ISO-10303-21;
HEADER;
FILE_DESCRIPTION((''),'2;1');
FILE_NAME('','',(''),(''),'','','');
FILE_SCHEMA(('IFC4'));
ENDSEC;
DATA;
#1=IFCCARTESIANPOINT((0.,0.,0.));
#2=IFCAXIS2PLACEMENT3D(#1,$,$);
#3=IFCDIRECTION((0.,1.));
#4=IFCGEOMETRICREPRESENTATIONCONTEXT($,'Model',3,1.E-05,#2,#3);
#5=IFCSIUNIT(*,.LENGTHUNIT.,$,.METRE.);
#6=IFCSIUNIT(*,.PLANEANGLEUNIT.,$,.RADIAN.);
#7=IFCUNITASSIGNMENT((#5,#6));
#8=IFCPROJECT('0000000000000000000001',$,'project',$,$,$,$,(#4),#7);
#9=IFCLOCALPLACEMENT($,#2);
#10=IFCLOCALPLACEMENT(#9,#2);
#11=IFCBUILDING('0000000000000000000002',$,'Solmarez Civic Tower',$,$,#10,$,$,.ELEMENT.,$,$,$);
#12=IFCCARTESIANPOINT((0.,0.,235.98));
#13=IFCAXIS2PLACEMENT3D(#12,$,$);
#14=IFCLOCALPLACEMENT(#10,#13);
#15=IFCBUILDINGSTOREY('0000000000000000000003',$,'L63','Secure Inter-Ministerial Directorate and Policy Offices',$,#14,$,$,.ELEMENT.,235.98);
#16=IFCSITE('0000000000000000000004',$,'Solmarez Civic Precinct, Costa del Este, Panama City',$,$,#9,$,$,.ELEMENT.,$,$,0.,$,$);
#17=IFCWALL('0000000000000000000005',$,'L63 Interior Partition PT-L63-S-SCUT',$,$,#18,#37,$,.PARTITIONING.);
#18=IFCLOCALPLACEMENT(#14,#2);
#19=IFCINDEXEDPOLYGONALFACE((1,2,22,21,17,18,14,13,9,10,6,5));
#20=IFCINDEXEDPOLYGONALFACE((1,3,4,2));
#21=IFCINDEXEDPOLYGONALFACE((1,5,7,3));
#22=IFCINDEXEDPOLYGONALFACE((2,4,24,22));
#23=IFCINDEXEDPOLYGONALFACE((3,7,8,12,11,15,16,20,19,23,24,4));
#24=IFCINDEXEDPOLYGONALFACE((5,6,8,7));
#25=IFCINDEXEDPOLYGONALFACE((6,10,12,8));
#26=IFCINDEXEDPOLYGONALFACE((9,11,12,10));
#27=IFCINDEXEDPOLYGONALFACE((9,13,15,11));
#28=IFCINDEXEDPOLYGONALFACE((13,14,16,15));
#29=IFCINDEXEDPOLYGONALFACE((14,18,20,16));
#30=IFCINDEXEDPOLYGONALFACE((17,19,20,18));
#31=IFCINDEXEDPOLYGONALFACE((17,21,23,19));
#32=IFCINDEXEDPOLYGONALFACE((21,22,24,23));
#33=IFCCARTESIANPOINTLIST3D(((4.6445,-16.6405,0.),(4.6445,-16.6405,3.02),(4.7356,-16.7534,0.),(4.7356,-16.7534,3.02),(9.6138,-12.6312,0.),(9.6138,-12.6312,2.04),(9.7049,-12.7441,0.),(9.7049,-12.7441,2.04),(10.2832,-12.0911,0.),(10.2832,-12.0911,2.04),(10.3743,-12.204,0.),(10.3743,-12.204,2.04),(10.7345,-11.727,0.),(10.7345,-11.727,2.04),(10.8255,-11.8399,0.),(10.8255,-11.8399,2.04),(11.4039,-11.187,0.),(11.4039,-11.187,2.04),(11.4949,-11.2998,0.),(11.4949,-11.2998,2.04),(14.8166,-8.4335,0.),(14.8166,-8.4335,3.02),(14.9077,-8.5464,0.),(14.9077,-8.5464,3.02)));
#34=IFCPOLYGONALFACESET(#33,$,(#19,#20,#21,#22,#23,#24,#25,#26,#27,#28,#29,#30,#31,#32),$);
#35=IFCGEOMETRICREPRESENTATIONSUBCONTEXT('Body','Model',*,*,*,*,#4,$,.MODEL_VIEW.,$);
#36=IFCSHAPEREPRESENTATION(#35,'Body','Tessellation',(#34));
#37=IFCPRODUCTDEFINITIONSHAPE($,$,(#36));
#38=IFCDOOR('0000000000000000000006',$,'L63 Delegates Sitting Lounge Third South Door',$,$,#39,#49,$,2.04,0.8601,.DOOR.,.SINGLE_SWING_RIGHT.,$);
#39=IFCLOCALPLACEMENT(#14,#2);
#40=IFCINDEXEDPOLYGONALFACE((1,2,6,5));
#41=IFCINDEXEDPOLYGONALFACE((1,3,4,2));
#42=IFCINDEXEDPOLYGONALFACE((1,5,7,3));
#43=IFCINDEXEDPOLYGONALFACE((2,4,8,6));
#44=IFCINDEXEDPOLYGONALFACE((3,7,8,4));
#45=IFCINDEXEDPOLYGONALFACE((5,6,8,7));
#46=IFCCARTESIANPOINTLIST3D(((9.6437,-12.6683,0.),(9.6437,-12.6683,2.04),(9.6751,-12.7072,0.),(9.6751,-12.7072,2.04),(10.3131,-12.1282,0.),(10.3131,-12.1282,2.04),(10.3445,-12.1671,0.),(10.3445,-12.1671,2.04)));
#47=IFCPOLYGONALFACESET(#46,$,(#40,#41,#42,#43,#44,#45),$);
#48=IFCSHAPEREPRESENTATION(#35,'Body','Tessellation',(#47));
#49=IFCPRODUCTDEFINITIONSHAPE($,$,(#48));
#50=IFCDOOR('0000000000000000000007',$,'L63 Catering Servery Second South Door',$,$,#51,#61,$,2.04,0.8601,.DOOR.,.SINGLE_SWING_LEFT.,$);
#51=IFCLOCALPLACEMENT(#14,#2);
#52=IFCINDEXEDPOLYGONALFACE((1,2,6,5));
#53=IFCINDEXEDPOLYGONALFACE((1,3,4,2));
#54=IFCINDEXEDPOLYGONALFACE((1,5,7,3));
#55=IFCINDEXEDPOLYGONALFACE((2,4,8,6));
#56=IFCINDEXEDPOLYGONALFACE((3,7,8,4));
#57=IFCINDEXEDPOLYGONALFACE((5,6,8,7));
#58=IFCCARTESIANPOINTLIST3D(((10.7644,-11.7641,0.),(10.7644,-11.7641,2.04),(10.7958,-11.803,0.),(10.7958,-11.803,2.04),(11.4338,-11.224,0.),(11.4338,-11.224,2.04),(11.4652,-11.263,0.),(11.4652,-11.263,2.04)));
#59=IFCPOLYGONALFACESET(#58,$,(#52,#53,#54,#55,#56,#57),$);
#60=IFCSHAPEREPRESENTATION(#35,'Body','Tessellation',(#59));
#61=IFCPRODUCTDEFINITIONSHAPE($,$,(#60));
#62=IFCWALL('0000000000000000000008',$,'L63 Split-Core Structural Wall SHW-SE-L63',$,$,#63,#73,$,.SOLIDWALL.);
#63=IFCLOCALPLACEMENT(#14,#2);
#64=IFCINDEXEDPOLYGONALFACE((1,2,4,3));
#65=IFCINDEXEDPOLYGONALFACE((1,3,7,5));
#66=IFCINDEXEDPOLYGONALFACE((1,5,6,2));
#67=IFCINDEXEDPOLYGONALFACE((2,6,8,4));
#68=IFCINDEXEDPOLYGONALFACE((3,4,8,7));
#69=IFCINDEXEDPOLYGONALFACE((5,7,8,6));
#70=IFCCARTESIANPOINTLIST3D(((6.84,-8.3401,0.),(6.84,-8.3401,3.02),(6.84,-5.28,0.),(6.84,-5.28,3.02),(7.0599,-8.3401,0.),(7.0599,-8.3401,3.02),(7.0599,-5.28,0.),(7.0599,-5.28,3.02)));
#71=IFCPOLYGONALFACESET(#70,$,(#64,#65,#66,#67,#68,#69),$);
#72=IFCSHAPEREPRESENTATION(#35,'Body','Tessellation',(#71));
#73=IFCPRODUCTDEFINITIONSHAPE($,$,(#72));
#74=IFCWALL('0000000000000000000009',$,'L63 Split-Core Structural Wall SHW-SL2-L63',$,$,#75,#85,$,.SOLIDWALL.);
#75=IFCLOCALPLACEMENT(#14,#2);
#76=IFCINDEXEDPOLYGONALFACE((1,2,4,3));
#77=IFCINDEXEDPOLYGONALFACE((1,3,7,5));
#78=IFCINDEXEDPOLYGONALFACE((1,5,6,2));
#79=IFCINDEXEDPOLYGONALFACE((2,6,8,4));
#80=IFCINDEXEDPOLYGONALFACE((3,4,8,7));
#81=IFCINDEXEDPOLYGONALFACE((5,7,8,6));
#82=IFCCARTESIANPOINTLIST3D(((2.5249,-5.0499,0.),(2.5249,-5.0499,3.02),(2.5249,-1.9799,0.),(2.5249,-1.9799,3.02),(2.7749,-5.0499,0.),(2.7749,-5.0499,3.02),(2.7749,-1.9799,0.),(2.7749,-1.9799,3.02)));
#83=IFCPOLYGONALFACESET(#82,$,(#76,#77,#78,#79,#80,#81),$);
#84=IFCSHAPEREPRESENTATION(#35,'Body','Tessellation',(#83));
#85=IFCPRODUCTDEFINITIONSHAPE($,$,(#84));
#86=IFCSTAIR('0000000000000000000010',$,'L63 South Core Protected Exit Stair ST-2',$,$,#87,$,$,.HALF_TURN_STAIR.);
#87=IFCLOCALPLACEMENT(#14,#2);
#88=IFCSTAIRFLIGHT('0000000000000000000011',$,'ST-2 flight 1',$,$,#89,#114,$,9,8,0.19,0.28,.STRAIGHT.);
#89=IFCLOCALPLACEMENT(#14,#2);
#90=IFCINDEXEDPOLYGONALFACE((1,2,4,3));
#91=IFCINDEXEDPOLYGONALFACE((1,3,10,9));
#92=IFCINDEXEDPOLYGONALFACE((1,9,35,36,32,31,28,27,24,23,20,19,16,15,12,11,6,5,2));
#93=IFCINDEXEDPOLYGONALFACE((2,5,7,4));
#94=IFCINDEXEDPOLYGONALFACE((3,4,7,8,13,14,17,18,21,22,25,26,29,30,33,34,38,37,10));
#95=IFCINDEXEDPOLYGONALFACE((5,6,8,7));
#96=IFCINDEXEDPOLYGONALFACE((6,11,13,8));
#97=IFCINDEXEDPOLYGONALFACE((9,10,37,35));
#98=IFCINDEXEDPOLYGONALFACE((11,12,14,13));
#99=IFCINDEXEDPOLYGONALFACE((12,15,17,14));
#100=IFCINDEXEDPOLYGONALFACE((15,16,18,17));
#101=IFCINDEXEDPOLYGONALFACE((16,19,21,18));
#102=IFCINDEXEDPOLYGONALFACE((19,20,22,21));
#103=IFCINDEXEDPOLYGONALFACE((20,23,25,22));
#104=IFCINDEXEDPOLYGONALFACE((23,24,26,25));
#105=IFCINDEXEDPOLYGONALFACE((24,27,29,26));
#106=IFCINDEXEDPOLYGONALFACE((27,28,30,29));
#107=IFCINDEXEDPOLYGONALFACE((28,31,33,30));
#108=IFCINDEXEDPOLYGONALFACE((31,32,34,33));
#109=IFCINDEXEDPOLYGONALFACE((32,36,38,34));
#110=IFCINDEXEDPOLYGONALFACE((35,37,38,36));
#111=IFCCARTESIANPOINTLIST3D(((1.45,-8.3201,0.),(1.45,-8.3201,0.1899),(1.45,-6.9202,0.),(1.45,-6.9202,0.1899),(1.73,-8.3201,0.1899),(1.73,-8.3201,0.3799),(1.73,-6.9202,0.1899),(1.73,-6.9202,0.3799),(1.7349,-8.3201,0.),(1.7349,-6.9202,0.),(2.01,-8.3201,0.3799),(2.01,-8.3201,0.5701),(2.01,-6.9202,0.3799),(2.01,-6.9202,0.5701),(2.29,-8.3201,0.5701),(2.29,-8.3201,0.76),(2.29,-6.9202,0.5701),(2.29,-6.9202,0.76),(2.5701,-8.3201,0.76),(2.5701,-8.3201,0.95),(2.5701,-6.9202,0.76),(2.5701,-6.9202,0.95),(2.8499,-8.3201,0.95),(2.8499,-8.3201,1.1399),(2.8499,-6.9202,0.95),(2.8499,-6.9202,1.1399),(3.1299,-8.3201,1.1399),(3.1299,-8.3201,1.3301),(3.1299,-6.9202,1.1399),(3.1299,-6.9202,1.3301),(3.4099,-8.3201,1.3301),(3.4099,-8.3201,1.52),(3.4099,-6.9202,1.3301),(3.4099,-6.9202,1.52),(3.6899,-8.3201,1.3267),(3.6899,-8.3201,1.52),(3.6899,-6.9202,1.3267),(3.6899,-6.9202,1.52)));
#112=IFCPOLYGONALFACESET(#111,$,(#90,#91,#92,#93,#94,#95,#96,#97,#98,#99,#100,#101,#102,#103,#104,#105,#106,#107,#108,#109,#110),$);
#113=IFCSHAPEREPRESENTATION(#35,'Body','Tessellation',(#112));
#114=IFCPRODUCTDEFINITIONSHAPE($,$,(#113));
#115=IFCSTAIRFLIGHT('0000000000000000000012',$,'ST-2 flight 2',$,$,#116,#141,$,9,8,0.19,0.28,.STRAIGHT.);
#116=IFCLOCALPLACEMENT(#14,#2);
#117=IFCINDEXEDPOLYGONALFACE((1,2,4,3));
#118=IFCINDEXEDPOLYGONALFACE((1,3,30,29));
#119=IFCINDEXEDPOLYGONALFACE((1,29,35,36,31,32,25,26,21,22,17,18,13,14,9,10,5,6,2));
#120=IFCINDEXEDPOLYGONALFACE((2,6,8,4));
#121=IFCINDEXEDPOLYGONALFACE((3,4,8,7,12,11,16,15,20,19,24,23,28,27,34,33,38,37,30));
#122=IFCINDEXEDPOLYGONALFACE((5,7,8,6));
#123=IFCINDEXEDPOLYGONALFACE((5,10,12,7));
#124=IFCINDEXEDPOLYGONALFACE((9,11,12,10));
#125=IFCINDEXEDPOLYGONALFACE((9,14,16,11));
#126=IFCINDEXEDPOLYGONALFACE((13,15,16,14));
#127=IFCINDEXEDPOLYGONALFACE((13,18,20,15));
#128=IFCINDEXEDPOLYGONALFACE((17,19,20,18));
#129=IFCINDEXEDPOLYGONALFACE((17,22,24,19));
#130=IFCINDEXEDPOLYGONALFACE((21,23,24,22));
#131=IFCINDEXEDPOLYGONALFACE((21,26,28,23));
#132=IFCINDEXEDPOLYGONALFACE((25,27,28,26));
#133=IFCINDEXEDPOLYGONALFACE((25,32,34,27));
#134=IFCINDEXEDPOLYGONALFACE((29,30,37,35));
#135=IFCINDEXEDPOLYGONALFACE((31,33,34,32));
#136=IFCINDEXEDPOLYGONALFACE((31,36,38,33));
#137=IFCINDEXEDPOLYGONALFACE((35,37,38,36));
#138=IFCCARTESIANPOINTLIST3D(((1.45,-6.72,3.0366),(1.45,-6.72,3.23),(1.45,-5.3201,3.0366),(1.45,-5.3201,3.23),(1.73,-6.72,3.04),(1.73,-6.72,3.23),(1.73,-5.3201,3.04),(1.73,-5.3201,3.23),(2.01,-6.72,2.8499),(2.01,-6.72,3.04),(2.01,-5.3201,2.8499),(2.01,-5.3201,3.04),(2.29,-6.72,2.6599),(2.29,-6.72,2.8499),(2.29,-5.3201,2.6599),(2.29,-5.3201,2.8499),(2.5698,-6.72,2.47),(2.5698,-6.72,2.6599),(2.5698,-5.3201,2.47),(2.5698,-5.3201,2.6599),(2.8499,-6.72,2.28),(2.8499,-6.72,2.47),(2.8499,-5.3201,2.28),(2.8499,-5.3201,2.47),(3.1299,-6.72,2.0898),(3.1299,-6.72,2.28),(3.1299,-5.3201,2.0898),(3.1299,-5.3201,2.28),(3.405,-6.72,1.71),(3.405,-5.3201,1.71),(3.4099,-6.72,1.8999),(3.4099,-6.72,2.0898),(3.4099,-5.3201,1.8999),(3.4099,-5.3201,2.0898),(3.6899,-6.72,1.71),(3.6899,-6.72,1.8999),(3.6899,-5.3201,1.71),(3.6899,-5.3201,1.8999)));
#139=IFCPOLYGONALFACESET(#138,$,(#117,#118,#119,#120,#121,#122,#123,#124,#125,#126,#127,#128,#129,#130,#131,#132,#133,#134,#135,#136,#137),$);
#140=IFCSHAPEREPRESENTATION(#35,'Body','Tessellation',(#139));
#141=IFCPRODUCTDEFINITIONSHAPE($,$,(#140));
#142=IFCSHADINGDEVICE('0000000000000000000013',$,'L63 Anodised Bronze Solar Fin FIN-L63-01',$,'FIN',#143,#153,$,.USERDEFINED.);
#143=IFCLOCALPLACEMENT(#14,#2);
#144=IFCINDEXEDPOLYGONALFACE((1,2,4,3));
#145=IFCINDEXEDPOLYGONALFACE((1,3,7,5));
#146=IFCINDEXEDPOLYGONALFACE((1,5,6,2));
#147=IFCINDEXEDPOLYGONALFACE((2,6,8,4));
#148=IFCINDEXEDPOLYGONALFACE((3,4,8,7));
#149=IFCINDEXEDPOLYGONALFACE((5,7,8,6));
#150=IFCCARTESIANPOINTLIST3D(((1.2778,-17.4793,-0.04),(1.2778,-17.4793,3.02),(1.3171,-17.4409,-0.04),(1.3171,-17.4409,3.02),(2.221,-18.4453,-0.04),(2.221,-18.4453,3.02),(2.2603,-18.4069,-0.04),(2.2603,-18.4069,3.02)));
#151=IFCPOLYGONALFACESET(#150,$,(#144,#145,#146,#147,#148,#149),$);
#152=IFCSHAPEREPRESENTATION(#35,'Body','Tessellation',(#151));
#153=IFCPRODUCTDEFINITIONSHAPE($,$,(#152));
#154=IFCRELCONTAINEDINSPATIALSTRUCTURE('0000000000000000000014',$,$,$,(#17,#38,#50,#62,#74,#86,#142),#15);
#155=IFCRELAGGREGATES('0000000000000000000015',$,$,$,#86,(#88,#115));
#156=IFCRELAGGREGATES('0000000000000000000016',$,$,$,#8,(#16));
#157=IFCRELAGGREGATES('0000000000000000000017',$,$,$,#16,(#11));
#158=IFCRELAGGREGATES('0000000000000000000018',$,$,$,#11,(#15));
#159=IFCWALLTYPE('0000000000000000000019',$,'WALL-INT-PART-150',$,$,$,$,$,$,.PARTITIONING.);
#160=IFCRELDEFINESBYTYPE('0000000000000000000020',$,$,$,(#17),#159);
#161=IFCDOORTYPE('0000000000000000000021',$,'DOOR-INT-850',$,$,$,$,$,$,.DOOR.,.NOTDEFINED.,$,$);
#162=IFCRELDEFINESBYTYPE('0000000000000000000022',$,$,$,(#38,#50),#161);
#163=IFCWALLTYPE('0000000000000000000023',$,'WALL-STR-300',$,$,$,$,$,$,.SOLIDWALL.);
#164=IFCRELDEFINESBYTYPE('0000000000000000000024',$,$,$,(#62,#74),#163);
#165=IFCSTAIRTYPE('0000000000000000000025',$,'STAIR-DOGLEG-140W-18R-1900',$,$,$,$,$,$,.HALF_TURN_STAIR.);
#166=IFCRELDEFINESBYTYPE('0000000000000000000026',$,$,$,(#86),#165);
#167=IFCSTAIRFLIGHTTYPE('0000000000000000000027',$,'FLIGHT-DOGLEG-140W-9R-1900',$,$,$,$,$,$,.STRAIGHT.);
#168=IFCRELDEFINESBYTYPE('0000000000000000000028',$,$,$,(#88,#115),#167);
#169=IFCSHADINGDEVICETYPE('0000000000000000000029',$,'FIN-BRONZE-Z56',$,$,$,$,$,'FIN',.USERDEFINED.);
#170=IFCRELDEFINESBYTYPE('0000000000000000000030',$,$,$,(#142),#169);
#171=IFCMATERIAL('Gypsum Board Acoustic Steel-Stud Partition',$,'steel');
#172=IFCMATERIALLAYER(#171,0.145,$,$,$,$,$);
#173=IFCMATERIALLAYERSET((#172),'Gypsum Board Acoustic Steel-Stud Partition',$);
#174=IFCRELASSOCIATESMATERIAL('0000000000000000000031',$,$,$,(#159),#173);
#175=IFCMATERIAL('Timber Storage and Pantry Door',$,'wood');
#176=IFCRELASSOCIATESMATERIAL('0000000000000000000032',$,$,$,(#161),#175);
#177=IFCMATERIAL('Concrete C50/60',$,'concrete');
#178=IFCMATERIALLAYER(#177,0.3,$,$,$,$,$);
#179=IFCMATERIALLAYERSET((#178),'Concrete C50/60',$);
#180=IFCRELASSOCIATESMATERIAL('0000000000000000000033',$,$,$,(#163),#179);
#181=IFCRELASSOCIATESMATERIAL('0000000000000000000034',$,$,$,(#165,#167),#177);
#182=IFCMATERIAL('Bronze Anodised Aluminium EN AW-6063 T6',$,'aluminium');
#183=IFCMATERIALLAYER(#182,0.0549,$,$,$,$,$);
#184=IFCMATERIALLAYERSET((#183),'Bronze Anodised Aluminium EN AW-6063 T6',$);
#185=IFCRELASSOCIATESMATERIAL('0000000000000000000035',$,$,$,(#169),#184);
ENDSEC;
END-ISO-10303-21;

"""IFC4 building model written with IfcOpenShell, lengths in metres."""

from ifc_helpers import new_model, si_unit, direction, frame, frame_2d, origin, origin_2d, place, context, subcontext, project, spatial, polyline, rectangle, outline, extrude, material, layer, layer_set, type_object, element, fill, aggregate, save


model = new_model("IFC4")

# Units and contexts
model_context = context("Model", 3, precision=1e-05, world=origin(), true_north=direction((0.0, 1.0)))
body_context = subcontext(model_context, "Body", "Model", "MODEL_VIEW")
ifc_project = project(units=[si_unit("LENGTHUNIT", "METRE"), si_unit("PLANEANGLEUNIT", "RADIAN")], contexts=[model_context])

# Site, building, storey
site_placement = place(None, origin())
site = spatial("IfcSite", under=ifc_project, at=site_placement, Name="Solmarez Civic Precinct, Costa del Este, Panama City", CompositionType="ELEMENT", RefElevation=0.0)
building_placement = place(site_placement, origin())
building = spatial("IfcBuilding", under=site, at=building_placement, Name="Solmarez Civic Tower", CompositionType="ELEMENT")
storey_placement = place(building_placement, frame((0.0, 0.0, 235.98)))
storey = spatial("IfcBuildingStorey", under=building, at=storey_placement, Name="L63", Description="Secure Inter-Ministerial Directorate and Policy Offices", CompositionType="ELEMENT", Elevation=235.98)

# Shared definitions
ifc_material_1 = material(Name="Concrete C50/60", Category="concrete")

# Shared definitions
ifc_material_2 = material(Name="Bronze Anodised Aluminium EN AW-6063 T6", Category="aluminium")

# Wall, openings, doors
ifc_material_3 = material(Name="Gypsum Board Acoustic Steel-Stud Partition", Category="steel")
ifc_layer_1 = layer(ifc_material_3, 0.145)
ifc_layer_set_1 = layer_set([ifc_layer_1], Name="Gypsum Board Acoustic Steel-Stud Partition")
wall_type_1 = type_object("IfcWallType", Name="WALL-INT-PART-150", PredefinedType="PARTITIONING", material=ifc_layer_set_1)
wall_1_placement = place(storey_placement, frame((4.6899, -16.697, 0.0), z_axis=(0.0, 0.0, 1.0), x_axis=(0.778274, 0.627924, 0.0)))
wall_1 = element("IfcWall", 1, at=wall_1_placement, inside=storey, type_object=wall_type_1, Name="L63 Interior Partition PT-L63-S-SCUT", PredefinedType="PARTITIONING", context=body_context, shape_type="SweptSolid", body=[
    extrude(rectangle(XDim=13.0701, YDim=0.145, at=frame_2d((6.5352, 0.0))), origin(), (0.0, 0.0, 1.0), 3.02),
])
opening_1_placement = place(wall_1_placement, frame((6.385, 0.0, 0.0)))
opening_1 = element("IfcOpeningElement", 2, at=opening_1_placement, cuts=wall_1, PredefinedType="OPENING", context=body_context, shape_type="SweptSolid", body=[
    extrude(rectangle(XDim=0.8601, YDim=2.04, at=frame_2d((0.4302, 1.02))), frame((0.0, 0.0825, 0.0), z_axis=(0.0, -1.0, 0.0), x_axis=(1.0, 0.0, 0.0)), (0.0, 0.0, 1.0), 0.165),
])
opening_2_placement = place(wall_1_placement, frame((7.825, 0.0, 0.0)))
opening_2 = element("IfcOpeningElement", 3, at=opening_2_placement, cuts=wall_1, PredefinedType="OPENING", context=body_context, shape_type="SweptSolid", body=[
    extrude(rectangle(XDim=0.8601, YDim=2.04, at=frame_2d((0.4302, 1.02))), frame((0.0, 0.0825, 0.0), z_axis=(0.0, -1.0, 0.0), x_axis=(1.0, 0.0, 0.0)), (0.0, 0.0, 1.0), 0.165),
])
ifc_material_4 = material(Name="Timber Storage and Pantry Door", Category="wood")
door_type = type_object("IfcDoorType", Name="DOOR-INT-850", OperationType="NOTDEFINED", PredefinedType="DOOR", material=ifc_material_4)
door_1_placement = place(opening_1_placement, origin())
door_1 = element("IfcDoor", 4, at=door_1_placement, inside=storey, type_object=door_type, Name="L63 Delegates Sitting Lounge Third South Door", OperationType="SINGLE_SWING_RIGHT", OverallHeight=2.04, OverallWidth=0.8601, PredefinedType="DOOR", context=body_context, shape_type="SweptSolid", body=[
    extrude(rectangle(XDim=0.8601, YDim=2.04, at=frame_2d((0.4302, 1.02))), frame((0.0, 0.0249, 0.0), z_axis=(0.0, -1.0, 0.0), x_axis=(1.0, 0.0, 0.0)), (0.0, 0.0, 1.0), 0.05),
])
fill(opening_1, door_1)
door_2_placement = place(opening_2_placement, origin())
door_2 = element("IfcDoor", 5, at=door_2_placement, inside=storey, type_object=door_type, Name="L63 Catering Servery Second South Door", OperationType="SINGLE_SWING_LEFT", OverallHeight=2.04, OverallWidth=0.8601, PredefinedType="DOOR", context=body_context, shape_type="SweptSolid", body=[
    extrude(rectangle(XDim=0.8601, YDim=2.04, at=frame_2d((0.4302, 1.02))), frame((0.0, 0.0249, 0.0), z_axis=(0.0, -1.0, 0.0), x_axis=(1.0, 0.0, 0.0)), (0.0, 0.0, 1.0), 0.05),
])
fill(opening_2, door_2)

# Walls
ifc_layer_2 = layer(ifc_material_1, 0.3)
ifc_layer_set_2 = layer_set([ifc_layer_2], Name="Concrete C50/60")
wall_type_2 = type_object("IfcWallType", Name="WALL-STR-300", PredefinedType="SOLIDWALL", material=ifc_layer_set_2)
wall_2_placement = place(storey_placement, frame((6.95, -8.3401, 0.0), z_axis=(0.0, 0.0, 1.0), x_axis=(0.0, 1.0, 0.0)))
element("IfcWall", 6, at=wall_2_placement, inside=storey, type_object=wall_type_2, Name="L63 Split-Core Structural Wall SHW-SE-L63", PredefinedType="SOLIDWALL", context=body_context, shape_type="SweptSolid", body=[
    extrude(rectangle(XDim=3.0601, YDim=0.22, at=frame_2d((1.53, 0.0))), origin(), (0.0, 0.0, 1.0), 3.02),
])
wall_3_placement = place(storey_placement, frame((2.6499, -5.05, 0.0), z_axis=(0.0, 0.0, 1.0), x_axis=(0.0, 1.0, 0.0)))
element("IfcWall", 7, at=wall_3_placement, inside=storey, type_object=wall_type_2, Name="L63 Split-Core Structural Wall SHW-SL2-L63", PredefinedType="SOLIDWALL", context=body_context, shape_type="SweptSolid", body=[
    extrude(rectangle(XDim=3.0701, YDim=0.25, at=frame_2d((1.5352, 0.0))), origin(), (0.0, 0.0, 1.0), 3.02),
])

# Stair, stair flights
stair_type = type_object("IfcStairType", Name="STAIR-DOGLEG-140W-18R-1900", PredefinedType="HALF_TURN_STAIR", material=ifc_material_1)
stair_placement = place(storey_placement, origin())
stair = element("IfcStair", 8, at=stair_placement, inside=storey, type_object=stair_type, Name="L63 South Core Protected Exit Stair ST-2", PredefinedType="HALF_TURN_STAIR")
stair_flight_type = type_object("IfcStairFlightType", Name="FLIGHT-DOGLEG-140W-9R-1900", PredefinedType="STRAIGHT", material=ifc_material_1)
stair_flight_1_placement = place(storey_placement, frame((1.45, -7.6201, 0.0), z_axis=(0.0, 0.0, 1.0), x_axis=(1.0, 0.0, 0.0)))
stair_flight_1 = element("IfcStairFlight", 9, at=stair_flight_1_placement, type_object=stair_flight_type, Name="ST-2 flight 1", NumberOfRisers=9, NumberOfTreads=8, PredefinedType="STRAIGHT", RiserHeight=0.19, TreadLength=0.28, context=body_context, shape_type="SweptSolid", body=[
    extrude(outline(polyline([(0.0, 0.0), (0.0, 0.1899), (0.28, 0.1899), (0.28, 0.3799), (0.5601, 0.3799), (0.5601, 0.5701), (0.8401, 0.5701), (0.8401, 0.76), (1.1201, 0.76), (1.1201, 0.95), (1.3999, 0.95), (1.3999, 1.1399), (1.6799, 1.1399), (1.6799, 1.3301), (1.96, 1.3301), (1.96, 1.52), (2.24, 1.52), (2.24, 1.71), (2.24, 1.3267), (0.2849, 0.0), (0.0, 0.0)])), frame((0.0, 0.7, 0.0), z_axis=(0.0, -1.0, 0.0), x_axis=(1.0, 0.0, 0.0)), (0.0, 0.0, 1.0), 1.3999),
])
stair_flight_2_placement = place(storey_placement, frame((3.6899, -6.02, 1.71), z_axis=(0.0, 0.0, 1.0), x_axis=(-1.0, 0.0, 0.0)))
stair_flight_2 = element("IfcStairFlight", 10, at=stair_flight_2_placement, type_object=stair_flight_type, Name="ST-2 flight 2", NumberOfRisers=9, NumberOfTreads=8, PredefinedType="STRAIGHT", RiserHeight=0.19, TreadLength=0.28, context=body_context, shape_type="SweptSolid", body=[
    extrude(outline(polyline([(0.0, 0.0), (0.0, 0.1899), (0.28, 0.1899), (0.28, 0.3799), (0.5601, 0.3799), (0.5601, 0.5701), (0.8401, 0.5701), (0.8401, 0.76), (1.1201, 0.76), (1.1201, 0.95), (1.3999, 0.95), (1.3999, 1.1399), (1.6799, 1.1399), (1.6799, 1.3301), (1.96, 1.3301), (1.96, 1.52), (2.24, 1.52), (2.24, 1.71), (2.24, 1.3267), (0.2849, 0.0), (0.0, 0.0)])), frame((0.0, 0.7, 0.0), z_axis=(0.0, -1.0, 0.0), x_axis=(1.0, 0.0, 0.0)), (0.0, 0.0, 1.0), 1.3999),
])
aggregate(stair, [stair_flight_1, stair_flight_2])

# Shading device
ifc_layer_3 = layer(ifc_material_2, 0.0549)
ifc_layer_set_3 = layer_set([ifc_layer_3], Name="Bronze Anodised Aluminium EN AW-6063 T6")
shading_device_type = type_object("IfcShadingDeviceType", Name="FIN-BRONZE-Z56", ElementType="FIN", PredefinedType="USERDEFINED", material=ifc_layer_set_3)
shading_device_placement = place(storey_placement, frame((1.769, -17.9431, -0.04), z_axis=(0.0, 0.0, 1.0), x_axis=(0.698615, -0.715498, 0.0)))
element("IfcShadingDevice", 11, at=shading_device_placement, inside=storey, type_object=shading_device_type, Name="L63 Anodised Bronze Solar Fin FIN-L63-01", ObjectType="FIN", PredefinedType="USERDEFINED", context=body_context, shape_type="SweptSolid", body=[
    extrude(rectangle(XDim=1.3501, YDim=0.0549, at=origin_2d()), origin(), (0.0, 0.0, 1.0), 3.0601),
])

save(model, "model.ifc")
